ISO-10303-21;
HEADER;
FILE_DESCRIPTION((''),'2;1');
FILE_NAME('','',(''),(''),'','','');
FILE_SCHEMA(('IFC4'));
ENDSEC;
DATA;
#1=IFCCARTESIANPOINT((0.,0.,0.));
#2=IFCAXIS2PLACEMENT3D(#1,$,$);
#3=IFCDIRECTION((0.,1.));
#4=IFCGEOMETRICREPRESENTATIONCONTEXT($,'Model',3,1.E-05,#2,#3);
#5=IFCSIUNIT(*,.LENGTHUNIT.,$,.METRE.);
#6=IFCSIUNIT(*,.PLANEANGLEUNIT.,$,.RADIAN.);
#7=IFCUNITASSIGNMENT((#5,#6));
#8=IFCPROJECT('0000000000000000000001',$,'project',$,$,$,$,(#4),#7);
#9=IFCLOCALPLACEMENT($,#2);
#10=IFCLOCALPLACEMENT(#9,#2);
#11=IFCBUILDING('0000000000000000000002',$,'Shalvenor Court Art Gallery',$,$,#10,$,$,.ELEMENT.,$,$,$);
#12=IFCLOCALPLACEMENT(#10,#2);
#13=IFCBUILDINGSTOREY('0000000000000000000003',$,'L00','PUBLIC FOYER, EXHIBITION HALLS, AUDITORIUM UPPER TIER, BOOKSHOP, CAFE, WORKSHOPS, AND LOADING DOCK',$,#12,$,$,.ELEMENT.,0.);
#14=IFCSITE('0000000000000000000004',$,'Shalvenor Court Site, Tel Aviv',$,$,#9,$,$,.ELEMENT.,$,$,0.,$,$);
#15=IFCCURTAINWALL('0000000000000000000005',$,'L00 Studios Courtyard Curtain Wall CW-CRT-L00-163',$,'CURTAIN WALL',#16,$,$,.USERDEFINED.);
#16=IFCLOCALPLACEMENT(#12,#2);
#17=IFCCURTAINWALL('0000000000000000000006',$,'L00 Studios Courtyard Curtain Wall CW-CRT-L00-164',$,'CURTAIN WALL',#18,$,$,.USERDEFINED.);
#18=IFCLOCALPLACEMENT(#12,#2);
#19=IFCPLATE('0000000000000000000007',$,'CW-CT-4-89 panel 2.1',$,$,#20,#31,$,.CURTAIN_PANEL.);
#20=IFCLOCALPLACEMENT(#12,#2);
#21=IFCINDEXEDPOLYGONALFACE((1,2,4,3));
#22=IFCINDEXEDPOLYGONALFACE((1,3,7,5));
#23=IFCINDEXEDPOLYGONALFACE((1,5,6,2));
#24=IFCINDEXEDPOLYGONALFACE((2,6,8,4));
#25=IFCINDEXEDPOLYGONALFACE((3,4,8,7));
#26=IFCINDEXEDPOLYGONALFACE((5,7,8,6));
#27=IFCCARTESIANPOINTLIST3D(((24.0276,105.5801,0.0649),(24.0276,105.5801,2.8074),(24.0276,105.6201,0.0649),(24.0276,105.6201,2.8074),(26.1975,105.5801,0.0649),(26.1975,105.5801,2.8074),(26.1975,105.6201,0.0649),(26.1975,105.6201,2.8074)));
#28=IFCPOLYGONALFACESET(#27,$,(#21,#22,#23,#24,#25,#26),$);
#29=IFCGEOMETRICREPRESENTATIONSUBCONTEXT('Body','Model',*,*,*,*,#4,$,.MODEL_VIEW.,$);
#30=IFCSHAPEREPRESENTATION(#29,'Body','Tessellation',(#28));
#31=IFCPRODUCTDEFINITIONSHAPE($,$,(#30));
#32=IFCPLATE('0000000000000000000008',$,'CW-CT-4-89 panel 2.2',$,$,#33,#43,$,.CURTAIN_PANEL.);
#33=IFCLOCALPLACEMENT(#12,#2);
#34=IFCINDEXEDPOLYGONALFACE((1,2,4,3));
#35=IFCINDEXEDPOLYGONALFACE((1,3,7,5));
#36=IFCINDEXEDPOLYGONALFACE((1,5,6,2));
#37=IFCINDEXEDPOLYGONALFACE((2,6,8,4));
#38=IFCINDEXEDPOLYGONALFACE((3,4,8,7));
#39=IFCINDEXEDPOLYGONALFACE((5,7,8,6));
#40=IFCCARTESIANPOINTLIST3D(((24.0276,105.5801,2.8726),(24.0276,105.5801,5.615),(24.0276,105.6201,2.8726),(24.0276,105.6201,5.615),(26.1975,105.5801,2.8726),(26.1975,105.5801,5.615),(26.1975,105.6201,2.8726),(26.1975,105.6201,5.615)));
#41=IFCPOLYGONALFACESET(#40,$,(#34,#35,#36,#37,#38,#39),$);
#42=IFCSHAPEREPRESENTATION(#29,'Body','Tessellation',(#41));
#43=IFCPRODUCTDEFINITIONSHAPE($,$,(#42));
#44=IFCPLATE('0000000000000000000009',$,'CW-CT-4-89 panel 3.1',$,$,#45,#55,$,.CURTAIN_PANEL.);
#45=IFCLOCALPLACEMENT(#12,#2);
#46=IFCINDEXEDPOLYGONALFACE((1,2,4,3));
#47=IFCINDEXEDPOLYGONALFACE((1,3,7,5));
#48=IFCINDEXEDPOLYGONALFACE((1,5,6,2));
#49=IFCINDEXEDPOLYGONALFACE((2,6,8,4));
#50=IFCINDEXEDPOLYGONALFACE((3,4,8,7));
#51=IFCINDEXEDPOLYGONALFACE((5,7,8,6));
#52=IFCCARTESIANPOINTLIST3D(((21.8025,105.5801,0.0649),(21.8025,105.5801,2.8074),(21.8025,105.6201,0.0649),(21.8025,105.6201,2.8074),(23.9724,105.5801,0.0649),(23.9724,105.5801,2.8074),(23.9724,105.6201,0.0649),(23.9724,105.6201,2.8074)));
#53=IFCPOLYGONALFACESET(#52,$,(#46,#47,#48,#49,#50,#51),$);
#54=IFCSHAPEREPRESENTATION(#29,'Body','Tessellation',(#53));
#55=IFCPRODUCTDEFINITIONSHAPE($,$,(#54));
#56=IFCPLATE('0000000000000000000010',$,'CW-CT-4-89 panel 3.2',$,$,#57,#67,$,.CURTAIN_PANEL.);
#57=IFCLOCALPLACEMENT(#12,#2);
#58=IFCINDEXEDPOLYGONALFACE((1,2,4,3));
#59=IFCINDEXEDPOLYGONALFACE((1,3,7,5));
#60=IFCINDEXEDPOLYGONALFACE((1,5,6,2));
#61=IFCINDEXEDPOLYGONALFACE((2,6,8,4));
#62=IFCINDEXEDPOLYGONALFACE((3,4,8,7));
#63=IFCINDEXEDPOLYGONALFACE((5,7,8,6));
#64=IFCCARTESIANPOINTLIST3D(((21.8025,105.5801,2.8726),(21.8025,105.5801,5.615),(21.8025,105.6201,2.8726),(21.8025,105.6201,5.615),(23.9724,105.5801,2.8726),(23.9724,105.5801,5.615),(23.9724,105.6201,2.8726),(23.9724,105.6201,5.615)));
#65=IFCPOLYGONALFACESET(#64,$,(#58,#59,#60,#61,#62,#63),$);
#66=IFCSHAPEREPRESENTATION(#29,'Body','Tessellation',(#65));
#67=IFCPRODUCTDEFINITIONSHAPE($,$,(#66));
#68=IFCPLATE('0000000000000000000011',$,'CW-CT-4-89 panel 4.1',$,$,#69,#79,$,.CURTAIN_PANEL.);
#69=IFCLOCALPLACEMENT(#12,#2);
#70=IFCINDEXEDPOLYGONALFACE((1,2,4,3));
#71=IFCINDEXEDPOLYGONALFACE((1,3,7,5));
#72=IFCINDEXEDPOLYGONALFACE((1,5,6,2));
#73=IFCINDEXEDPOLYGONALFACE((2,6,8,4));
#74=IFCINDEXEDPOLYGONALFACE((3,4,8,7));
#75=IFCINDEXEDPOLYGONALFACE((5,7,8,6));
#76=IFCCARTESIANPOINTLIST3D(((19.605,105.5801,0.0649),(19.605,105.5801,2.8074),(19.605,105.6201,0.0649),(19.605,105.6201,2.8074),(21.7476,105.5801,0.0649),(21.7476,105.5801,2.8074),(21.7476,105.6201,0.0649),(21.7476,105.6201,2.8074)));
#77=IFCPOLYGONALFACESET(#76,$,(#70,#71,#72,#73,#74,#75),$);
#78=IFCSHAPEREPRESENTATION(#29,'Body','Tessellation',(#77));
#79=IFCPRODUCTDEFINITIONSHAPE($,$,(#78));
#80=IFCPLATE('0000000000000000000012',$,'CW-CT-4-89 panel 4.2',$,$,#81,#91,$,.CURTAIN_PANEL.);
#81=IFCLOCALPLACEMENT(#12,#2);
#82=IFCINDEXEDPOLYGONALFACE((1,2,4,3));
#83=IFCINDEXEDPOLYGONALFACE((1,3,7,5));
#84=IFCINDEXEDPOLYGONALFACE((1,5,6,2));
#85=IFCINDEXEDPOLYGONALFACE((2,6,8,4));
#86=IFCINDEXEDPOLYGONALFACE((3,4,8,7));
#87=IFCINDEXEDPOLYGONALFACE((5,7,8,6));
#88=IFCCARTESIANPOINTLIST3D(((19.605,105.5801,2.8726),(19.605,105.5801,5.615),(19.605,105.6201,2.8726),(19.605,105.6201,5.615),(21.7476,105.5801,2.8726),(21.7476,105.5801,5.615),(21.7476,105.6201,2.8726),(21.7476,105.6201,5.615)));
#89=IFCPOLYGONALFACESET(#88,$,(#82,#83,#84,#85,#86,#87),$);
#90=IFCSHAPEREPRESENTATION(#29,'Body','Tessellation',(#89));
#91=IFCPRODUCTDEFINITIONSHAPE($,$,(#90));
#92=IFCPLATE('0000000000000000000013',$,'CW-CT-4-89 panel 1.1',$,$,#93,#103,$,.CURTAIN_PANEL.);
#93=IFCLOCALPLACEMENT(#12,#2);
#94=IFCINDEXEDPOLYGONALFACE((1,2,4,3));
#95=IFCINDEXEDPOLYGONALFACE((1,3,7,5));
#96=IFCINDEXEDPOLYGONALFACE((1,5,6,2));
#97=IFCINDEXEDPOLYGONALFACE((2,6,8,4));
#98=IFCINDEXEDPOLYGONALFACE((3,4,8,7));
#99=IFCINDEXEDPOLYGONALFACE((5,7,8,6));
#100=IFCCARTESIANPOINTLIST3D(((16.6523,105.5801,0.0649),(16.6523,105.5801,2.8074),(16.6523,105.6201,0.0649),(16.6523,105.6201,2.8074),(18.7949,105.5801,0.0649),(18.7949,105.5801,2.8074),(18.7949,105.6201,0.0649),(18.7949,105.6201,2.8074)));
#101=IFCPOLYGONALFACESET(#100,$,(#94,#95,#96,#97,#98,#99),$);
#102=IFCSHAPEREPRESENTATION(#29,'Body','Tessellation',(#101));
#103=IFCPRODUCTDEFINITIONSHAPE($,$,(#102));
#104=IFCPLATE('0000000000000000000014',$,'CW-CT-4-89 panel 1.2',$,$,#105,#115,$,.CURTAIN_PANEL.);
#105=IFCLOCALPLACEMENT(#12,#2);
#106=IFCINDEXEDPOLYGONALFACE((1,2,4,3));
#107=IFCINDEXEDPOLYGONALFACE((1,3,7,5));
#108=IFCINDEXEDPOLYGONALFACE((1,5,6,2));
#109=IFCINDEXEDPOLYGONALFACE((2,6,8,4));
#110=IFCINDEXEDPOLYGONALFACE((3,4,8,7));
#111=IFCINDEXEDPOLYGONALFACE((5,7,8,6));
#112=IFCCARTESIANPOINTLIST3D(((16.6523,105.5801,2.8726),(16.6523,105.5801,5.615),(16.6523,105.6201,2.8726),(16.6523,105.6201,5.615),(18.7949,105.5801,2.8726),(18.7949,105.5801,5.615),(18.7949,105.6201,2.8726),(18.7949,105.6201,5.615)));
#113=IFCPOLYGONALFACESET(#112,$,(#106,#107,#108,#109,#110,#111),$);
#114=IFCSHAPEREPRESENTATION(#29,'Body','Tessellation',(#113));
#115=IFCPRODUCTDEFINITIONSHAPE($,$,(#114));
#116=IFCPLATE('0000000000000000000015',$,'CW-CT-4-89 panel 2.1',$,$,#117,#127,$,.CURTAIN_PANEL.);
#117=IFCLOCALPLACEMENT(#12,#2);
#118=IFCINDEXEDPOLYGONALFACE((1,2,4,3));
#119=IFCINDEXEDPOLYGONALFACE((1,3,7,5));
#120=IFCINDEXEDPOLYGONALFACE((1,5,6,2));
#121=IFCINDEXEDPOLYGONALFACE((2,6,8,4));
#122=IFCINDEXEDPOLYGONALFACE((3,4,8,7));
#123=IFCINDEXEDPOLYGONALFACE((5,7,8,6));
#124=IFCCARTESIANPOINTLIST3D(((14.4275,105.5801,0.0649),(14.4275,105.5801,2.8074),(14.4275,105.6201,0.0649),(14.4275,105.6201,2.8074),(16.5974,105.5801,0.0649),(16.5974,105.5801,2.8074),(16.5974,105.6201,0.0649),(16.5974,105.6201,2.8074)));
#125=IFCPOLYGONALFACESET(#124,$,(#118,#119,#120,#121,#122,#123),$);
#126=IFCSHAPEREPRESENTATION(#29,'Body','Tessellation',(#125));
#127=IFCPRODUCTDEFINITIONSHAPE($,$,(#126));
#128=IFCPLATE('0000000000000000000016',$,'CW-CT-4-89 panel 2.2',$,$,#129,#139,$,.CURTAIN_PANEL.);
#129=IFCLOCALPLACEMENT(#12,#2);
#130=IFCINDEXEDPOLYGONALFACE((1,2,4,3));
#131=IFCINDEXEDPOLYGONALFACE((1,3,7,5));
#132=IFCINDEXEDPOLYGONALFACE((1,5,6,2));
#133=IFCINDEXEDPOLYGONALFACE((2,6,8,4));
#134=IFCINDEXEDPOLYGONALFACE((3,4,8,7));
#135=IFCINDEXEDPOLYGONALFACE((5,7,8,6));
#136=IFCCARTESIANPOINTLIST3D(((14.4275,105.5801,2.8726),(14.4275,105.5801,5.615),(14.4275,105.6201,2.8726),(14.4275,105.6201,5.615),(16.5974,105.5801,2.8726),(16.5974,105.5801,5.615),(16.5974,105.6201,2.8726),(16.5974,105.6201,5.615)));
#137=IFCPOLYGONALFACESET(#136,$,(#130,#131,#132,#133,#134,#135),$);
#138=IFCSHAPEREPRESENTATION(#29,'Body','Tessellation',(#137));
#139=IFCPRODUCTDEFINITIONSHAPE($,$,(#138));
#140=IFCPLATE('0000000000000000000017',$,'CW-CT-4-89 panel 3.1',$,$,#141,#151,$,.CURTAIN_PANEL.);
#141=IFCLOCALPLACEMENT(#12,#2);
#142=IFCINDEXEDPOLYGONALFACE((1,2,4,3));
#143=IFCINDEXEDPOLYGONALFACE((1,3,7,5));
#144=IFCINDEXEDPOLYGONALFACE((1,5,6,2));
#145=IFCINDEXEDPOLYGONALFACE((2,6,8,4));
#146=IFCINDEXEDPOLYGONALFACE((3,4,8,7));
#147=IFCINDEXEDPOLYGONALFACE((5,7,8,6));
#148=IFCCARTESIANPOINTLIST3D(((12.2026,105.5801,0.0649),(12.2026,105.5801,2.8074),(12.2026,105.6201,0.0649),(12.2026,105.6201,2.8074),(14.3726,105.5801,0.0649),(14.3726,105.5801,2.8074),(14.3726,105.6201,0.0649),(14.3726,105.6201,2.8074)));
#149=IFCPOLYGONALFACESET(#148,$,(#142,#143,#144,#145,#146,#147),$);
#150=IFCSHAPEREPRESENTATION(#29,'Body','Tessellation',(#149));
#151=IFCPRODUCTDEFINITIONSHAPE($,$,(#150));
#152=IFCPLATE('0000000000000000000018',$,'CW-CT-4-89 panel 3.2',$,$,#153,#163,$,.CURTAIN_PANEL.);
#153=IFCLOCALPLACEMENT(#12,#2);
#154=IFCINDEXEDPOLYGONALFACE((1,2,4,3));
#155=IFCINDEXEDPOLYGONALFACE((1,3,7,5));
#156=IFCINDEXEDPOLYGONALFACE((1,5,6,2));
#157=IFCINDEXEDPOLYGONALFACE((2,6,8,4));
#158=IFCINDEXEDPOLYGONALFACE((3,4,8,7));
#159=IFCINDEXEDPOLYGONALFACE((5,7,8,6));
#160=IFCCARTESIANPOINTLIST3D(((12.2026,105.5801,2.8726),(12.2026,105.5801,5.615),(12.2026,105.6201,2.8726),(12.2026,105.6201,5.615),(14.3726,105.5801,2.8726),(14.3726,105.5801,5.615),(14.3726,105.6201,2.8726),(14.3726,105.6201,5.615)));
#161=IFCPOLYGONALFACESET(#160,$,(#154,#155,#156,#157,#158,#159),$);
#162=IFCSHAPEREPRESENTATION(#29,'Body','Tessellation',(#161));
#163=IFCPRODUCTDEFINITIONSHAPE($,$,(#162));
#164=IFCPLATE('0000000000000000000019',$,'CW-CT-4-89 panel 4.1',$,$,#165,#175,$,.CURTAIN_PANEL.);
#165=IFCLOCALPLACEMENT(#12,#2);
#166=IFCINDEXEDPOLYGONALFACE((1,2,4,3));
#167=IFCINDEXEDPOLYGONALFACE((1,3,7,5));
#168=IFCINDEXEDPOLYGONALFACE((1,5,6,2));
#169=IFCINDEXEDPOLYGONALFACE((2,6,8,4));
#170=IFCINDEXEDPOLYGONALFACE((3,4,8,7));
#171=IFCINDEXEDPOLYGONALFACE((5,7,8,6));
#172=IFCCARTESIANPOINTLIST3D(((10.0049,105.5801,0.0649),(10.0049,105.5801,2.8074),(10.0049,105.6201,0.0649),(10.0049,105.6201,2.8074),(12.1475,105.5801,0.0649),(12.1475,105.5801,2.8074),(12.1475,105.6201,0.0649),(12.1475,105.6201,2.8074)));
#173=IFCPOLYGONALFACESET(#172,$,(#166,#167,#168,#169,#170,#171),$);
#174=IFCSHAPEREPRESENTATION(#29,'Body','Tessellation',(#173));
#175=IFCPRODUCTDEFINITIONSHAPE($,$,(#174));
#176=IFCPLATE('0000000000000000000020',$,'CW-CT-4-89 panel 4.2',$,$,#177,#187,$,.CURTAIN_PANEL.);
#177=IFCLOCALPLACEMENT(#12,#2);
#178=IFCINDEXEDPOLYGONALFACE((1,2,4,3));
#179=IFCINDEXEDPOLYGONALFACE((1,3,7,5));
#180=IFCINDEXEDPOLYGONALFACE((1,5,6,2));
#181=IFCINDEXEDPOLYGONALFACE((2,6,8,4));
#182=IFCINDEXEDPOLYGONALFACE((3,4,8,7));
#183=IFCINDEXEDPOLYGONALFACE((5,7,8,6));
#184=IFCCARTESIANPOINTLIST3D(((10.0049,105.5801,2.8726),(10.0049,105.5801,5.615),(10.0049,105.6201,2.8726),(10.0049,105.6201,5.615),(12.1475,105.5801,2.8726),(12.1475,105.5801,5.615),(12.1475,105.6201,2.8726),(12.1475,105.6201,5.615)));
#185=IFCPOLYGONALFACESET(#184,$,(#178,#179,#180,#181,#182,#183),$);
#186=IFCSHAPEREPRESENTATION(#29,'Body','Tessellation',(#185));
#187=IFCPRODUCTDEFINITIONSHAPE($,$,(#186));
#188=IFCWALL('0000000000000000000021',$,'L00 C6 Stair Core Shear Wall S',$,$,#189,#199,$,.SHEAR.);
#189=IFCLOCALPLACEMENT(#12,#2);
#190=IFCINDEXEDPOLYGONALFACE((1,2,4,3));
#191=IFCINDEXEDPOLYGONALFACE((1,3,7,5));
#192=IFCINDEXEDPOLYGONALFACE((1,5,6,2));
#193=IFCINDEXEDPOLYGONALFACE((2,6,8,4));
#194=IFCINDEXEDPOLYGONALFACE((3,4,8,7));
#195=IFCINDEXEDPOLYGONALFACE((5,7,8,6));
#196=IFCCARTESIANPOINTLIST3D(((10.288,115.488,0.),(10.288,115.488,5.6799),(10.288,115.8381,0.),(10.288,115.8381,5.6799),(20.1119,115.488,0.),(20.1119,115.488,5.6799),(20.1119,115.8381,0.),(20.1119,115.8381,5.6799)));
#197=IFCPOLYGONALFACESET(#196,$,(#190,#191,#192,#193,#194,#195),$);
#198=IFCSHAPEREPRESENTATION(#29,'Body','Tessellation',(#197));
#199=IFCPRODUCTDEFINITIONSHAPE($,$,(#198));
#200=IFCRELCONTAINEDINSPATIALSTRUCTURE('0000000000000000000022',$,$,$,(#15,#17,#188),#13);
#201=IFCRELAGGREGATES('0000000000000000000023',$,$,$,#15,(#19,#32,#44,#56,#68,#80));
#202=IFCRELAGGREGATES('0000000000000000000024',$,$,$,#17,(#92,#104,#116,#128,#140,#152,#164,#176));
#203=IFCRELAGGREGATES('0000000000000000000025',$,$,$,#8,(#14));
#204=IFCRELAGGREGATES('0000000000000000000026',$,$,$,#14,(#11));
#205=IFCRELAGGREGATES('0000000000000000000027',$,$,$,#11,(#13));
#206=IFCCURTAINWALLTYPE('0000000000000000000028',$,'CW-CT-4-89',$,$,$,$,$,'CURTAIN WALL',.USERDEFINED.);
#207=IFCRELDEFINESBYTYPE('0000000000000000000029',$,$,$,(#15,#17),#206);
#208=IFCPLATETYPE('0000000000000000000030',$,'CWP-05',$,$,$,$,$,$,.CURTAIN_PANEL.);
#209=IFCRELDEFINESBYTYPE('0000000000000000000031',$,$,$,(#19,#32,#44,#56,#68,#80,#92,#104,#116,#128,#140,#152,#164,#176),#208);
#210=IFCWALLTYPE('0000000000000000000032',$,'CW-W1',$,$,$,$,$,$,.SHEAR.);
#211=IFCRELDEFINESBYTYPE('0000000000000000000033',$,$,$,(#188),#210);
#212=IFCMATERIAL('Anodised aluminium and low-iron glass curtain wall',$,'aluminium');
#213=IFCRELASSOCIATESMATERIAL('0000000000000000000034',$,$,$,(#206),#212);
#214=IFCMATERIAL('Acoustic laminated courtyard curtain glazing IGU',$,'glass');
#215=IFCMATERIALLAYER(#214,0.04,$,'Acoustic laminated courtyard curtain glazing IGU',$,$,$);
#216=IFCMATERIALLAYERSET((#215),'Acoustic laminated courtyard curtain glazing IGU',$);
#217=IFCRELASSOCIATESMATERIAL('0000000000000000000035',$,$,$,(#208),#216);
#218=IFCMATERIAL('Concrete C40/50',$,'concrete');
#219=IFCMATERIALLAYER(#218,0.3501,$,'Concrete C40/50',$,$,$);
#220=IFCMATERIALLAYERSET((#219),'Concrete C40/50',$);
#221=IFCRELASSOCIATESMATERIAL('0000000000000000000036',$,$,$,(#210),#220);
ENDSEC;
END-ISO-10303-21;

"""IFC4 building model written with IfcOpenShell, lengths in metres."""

from ifc_helpers import new_model, si_unit, direction, frame, frame_2d, origin, origin_2d, place, context, subcontext, project, spatial, rectangle, extrude, material, layer, layer_set, type_object, element, aggregate, save


model = new_model("IFC4")

# Units and contexts
model_context = context("Model", 3, precision=1e-05, world=origin(), true_north=direction((0.0, 1.0)))
body_context = subcontext(model_context, "Body", "Model", "MODEL_VIEW")
ifc_project = project(units=[si_unit("LENGTHUNIT", "METRE"), si_unit("PLANEANGLEUNIT", "RADIAN")], contexts=[model_context])

# Site, building, storey
site_placement = place(None, origin())
site = spatial("IfcSite", under=ifc_project, at=site_placement, Name="Shalvenor Court Site, Tel Aviv", CompositionType="ELEMENT", RefElevation=0.0)
building_placement = place(site_placement, origin())
building = spatial("IfcBuilding", under=site, at=building_placement, Name="Shalvenor Court Art Gallery", CompositionType="ELEMENT")
storey_placement = place(building_placement, origin())
storey = spatial("IfcBuildingStorey", under=building, at=storey_placement, Name="L00", Description="PUBLIC FOYER, EXHIBITION HALLS, AUDITORIUM UPPER TIER, BOOKSHOP, CAFE, WORKSHOPS, AND LOADING DOCK", CompositionType="ELEMENT", Elevation=0.0)

# Curtain walls
ifc_material_1 = material(Name="Anodised aluminium and low-iron glass curtain wall", Category="aluminium")
curtain_wall_type = type_object("IfcCurtainWallType", Name="CW-CT-4-89", ElementType="CURTAIN WALL", PredefinedType="USERDEFINED", material=ifc_material_1)
curtain_wall_1_placement = place(storey_placement, origin())
curtain_wall_1 = element("IfcCurtainWall", 1, at=curtain_wall_1_placement, inside=storey, type_object=curtain_wall_type, Name="L00 Studios Courtyard Curtain Wall CW-CRT-L00-163", ObjectType="CURTAIN WALL", PredefinedType="USERDEFINED")
curtain_wall_2_placement = place(storey_placement, origin())
curtain_wall_2 = element("IfcCurtainWall", 2, at=curtain_wall_2_placement, inside=storey, type_object=curtain_wall_type, Name="L00 Studios Courtyard Curtain Wall CW-CRT-L00-164", ObjectType="CURTAIN WALL", PredefinedType="USERDEFINED")

# Plates
ifc_material_2 = material(Name="Acoustic laminated courtyard curtain glazing IGU", Category="glass")
ifc_layer_1 = layer(ifc_material_2, 0.04, Name="Acoustic laminated courtyard curtain glazing IGU")
ifc_layer_set_1 = layer_set([ifc_layer_1], Name="Acoustic laminated courtyard curtain glazing IGU")
plate_type = type_object("IfcPlateType", Name="CWP-05", PredefinedType="CURTAIN_PANEL", material=ifc_layer_set_1)
plate_1_placement = place(storey_placement, frame((25.1125, 105.6001, 0.0649), z_axis=(0.0, 0.0, 1.0), x_axis=(-1.0, 0.0, 0.0)))
plate_1 = element("IfcPlate", 3, at=plate_1_placement, type_object=plate_type, Name="CW-CT-4-89 panel 2.1", PredefinedType="CURTAIN_PANEL", context=body_context, shape_type="SweptSolid", body=[
    extrude(rectangle(XDim=2.1699, YDim=0.04, at=origin_2d()), origin(), (0.0, 0.0, 1.0), 2.7424),
])
plate_2_placement = place(storey_placement, frame((25.1125, 105.6001, 2.8726), z_axis=(0.0, 0.0, 1.0), x_axis=(-1.0, 0.0, 0.0)))
plate_2 = element("IfcPlate", 4, at=plate_2_placement, type_object=plate_type, Name="CW-CT-4-89 panel 2.2", PredefinedType="CURTAIN_PANEL", context=body_context, shape_type="SweptSolid", body=[
    extrude(rectangle(XDim=2.1699, YDim=0.04, at=origin_2d()), origin(), (0.0, 0.0, 1.0), 2.7424),
])
plate_3_placement = place(storey_placement, frame((22.8875, 105.6001, 0.0649), z_axis=(0.0, 0.0, 1.0), x_axis=(-1.0, 0.0, 0.0)))
plate_3 = element("IfcPlate", 5, at=plate_3_placement, type_object=plate_type, Name="CW-CT-4-89 panel 3.1", PredefinedType="CURTAIN_PANEL", context=body_context, shape_type="SweptSolid", body=[
    extrude(rectangle(XDim=2.1699, YDim=0.04, at=origin_2d()), origin(), (0.0, 0.0, 1.0), 2.7424),
])
plate_4_placement = place(storey_placement, frame((22.8875, 105.6001, 2.8726), z_axis=(0.0, 0.0, 1.0), x_axis=(-1.0, 0.0, 0.0)))
plate_4 = element("IfcPlate", 6, at=plate_4_placement, type_object=plate_type, Name="CW-CT-4-89 panel 3.2", PredefinedType="CURTAIN_PANEL", context=body_context, shape_type="SweptSolid", body=[
    extrude(rectangle(XDim=2.1699, YDim=0.04, at=origin_2d()), origin(), (0.0, 0.0, 1.0), 2.7424),
])
plate_5_placement = place(storey_placement, frame((20.6763, 105.6001, 0.0649), z_axis=(0.0, 0.0, 1.0), x_axis=(-1.0, 0.0, 0.0)))
plate_5 = element("IfcPlate", 7, at=plate_5_placement, type_object=plate_type, Name="CW-CT-4-89 panel 4.1", PredefinedType="CURTAIN_PANEL", context=body_context, shape_type="SweptSolid", body=[
    extrude(rectangle(XDim=2.1426, YDim=0.04, at=origin_2d()), origin(), (0.0, 0.0, 1.0), 2.7424),
])
plate_6_placement = place(storey_placement, frame((20.6763, 105.6001, 2.8726), z_axis=(0.0, 0.0, 1.0), x_axis=(-1.0, 0.0, 0.0)))
plate_6 = element("IfcPlate", 8, at=plate_6_placement, type_object=plate_type, Name="CW-CT-4-89 panel 4.2", PredefinedType="CURTAIN_PANEL", context=body_context, shape_type="SweptSolid", body=[
    extrude(rectangle(XDim=2.1426, YDim=0.04, at=origin_2d()), origin(), (0.0, 0.0, 1.0), 2.7424),
])
aggregate(curtain_wall_1, [plate_1, plate_2, plate_3, plate_4, plate_5, plate_6])
plate_7_placement = place(storey_placement, frame((17.7236, 105.6001, 0.0649), z_axis=(0.0, 0.0, 1.0), x_axis=(-1.0, 0.0, 0.0)))
plate_7 = element("IfcPlate", 9, at=plate_7_placement, type_object=plate_type, Name="CW-CT-4-89 panel 1.1", PredefinedType="CURTAIN_PANEL", context=body_context, shape_type="SweptSolid", body=[
    extrude(rectangle(XDim=2.1426, YDim=0.04, at=origin_2d()), origin(), (0.0, 0.0, 1.0), 2.7424),
])
plate_8_placement = place(storey_placement, frame((17.7236, 105.6001, 2.8726), z_axis=(0.0, 0.0, 1.0), x_axis=(-1.0, 0.0, 0.0)))
plate_8 = element("IfcPlate", 10, at=plate_8_placement, type_object=plate_type, Name="CW-CT-4-89 panel 1.2", PredefinedType="CURTAIN_PANEL", context=body_context, shape_type="SweptSolid", body=[
    extrude(rectangle(XDim=2.1426, YDim=0.04, at=origin_2d()), origin(), (0.0, 0.0, 1.0), 2.7424),
])
plate_9_placement = place(storey_placement, frame((15.5125, 105.6001, 0.0649), z_axis=(0.0, 0.0, 1.0), x_axis=(-1.0, 0.0, 0.0)))
plate_9 = element("IfcPlate", 11, at=plate_9_placement, type_object=plate_type, Name="CW-CT-4-89 panel 2.1", PredefinedType="CURTAIN_PANEL", context=body_context, shape_type="SweptSolid", body=[
    extrude(rectangle(XDim=2.1699, YDim=0.04, at=origin_2d()), origin(), (0.0, 0.0, 1.0), 2.7424),
])
plate_10_placement = place(storey_placement, frame((15.5125, 105.6001, 2.8726), z_axis=(0.0, 0.0, 1.0), x_axis=(-1.0, 0.0, 0.0)))
plate_10 = element("IfcPlate", 12, at=plate_10_placement, type_object=plate_type, Name="CW-CT-4-89 panel 2.2", PredefinedType="CURTAIN_PANEL", context=body_context, shape_type="SweptSolid", body=[
    extrude(rectangle(XDim=2.1699, YDim=0.04, at=origin_2d()), origin(), (0.0, 0.0, 1.0), 2.7424),
])
plate_11_placement = place(storey_placement, frame((13.2876, 105.6001, 0.0649), z_axis=(0.0, 0.0, 1.0), x_axis=(-1.0, 0.0, 0.0)))
plate_11 = element("IfcPlate", 13, at=plate_11_placement, type_object=plate_type, Name="CW-CT-4-89 panel 3.1", PredefinedType="CURTAIN_PANEL", context=body_context, shape_type="SweptSolid", body=[
    extrude(rectangle(XDim=2.1699, YDim=0.04, at=origin_2d()), origin(), (0.0, 0.0, 1.0), 2.7424),
])
plate_12_placement = place(storey_placement, frame((13.2876, 105.6001, 2.8726), z_axis=(0.0, 0.0, 1.0), x_axis=(-1.0, 0.0, 0.0)))
plate_12 = element("IfcPlate", 14, at=plate_12_placement, type_object=plate_type, Name="CW-CT-4-89 panel 3.2", PredefinedType="CURTAIN_PANEL", context=body_context, shape_type="SweptSolid", body=[
    extrude(rectangle(XDim=2.1699, YDim=0.04, at=origin_2d()), origin(), (0.0, 0.0, 1.0), 2.7424),
])
plate_13_placement = place(storey_placement, frame((11.0762, 105.6001, 0.0649), z_axis=(0.0, 0.0, 1.0), x_axis=(-1.0, 0.0, 0.0)))
plate_13 = element("IfcPlate", 15, at=plate_13_placement, type_object=plate_type, Name="CW-CT-4-89 panel 4.1", PredefinedType="CURTAIN_PANEL", context=body_context, shape_type="SweptSolid", body=[
    extrude(rectangle(XDim=2.1426, YDim=0.04, at=origin_2d()), origin(), (0.0, 0.0, 1.0), 2.7424),
])
plate_14_placement = place(storey_placement, frame((11.0762, 105.6001, 2.8726), z_axis=(0.0, 0.0, 1.0), x_axis=(-1.0, 0.0, 0.0)))
plate_14 = element("IfcPlate", 16, at=plate_14_placement, type_object=plate_type, Name="CW-CT-4-89 panel 4.2", PredefinedType="CURTAIN_PANEL", context=body_context, shape_type="SweptSolid", body=[
    extrude(rectangle(XDim=2.1426, YDim=0.04, at=origin_2d()), origin(), (0.0, 0.0, 1.0), 2.7424),
])
aggregate(curtain_wall_2, [plate_7, plate_8, plate_9, plate_10, plate_11, plate_12, plate_13, plate_14])

# Wall
ifc_material_3 = material(Name="Concrete C40/50", Category="concrete")
ifc_layer_2 = layer(ifc_material_3, 0.3501, Name="Concrete C40/50")
ifc_layer_set_2 = layer_set([ifc_layer_2], Name="Concrete C40/50")
wall_type = type_object("IfcWallType", Name="CW-W1", PredefinedType="SHEAR", material=ifc_layer_set_2)
wall_1_placement = place(storey_placement, frame((20.1121, 115.6631, 0.0), z_axis=(0.0, 0.0, 1.0), x_axis=(-1.0, 0.0, 0.0)))
element("IfcWall", 17, at=wall_1_placement, inside=storey, type_object=wall_type, Name="L00 C6 Stair Core Shear Wall S", PredefinedType="SHEAR", context=body_context, shape_type="SweptSolid", body=[
    extrude(rectangle(XDim=9.824, YDim=0.3501, at=frame_2d((4.9121, 0.0))), origin(), (0.0, 0.0, 1.0), 5.6799),
])

save(model, "model.ifc")
